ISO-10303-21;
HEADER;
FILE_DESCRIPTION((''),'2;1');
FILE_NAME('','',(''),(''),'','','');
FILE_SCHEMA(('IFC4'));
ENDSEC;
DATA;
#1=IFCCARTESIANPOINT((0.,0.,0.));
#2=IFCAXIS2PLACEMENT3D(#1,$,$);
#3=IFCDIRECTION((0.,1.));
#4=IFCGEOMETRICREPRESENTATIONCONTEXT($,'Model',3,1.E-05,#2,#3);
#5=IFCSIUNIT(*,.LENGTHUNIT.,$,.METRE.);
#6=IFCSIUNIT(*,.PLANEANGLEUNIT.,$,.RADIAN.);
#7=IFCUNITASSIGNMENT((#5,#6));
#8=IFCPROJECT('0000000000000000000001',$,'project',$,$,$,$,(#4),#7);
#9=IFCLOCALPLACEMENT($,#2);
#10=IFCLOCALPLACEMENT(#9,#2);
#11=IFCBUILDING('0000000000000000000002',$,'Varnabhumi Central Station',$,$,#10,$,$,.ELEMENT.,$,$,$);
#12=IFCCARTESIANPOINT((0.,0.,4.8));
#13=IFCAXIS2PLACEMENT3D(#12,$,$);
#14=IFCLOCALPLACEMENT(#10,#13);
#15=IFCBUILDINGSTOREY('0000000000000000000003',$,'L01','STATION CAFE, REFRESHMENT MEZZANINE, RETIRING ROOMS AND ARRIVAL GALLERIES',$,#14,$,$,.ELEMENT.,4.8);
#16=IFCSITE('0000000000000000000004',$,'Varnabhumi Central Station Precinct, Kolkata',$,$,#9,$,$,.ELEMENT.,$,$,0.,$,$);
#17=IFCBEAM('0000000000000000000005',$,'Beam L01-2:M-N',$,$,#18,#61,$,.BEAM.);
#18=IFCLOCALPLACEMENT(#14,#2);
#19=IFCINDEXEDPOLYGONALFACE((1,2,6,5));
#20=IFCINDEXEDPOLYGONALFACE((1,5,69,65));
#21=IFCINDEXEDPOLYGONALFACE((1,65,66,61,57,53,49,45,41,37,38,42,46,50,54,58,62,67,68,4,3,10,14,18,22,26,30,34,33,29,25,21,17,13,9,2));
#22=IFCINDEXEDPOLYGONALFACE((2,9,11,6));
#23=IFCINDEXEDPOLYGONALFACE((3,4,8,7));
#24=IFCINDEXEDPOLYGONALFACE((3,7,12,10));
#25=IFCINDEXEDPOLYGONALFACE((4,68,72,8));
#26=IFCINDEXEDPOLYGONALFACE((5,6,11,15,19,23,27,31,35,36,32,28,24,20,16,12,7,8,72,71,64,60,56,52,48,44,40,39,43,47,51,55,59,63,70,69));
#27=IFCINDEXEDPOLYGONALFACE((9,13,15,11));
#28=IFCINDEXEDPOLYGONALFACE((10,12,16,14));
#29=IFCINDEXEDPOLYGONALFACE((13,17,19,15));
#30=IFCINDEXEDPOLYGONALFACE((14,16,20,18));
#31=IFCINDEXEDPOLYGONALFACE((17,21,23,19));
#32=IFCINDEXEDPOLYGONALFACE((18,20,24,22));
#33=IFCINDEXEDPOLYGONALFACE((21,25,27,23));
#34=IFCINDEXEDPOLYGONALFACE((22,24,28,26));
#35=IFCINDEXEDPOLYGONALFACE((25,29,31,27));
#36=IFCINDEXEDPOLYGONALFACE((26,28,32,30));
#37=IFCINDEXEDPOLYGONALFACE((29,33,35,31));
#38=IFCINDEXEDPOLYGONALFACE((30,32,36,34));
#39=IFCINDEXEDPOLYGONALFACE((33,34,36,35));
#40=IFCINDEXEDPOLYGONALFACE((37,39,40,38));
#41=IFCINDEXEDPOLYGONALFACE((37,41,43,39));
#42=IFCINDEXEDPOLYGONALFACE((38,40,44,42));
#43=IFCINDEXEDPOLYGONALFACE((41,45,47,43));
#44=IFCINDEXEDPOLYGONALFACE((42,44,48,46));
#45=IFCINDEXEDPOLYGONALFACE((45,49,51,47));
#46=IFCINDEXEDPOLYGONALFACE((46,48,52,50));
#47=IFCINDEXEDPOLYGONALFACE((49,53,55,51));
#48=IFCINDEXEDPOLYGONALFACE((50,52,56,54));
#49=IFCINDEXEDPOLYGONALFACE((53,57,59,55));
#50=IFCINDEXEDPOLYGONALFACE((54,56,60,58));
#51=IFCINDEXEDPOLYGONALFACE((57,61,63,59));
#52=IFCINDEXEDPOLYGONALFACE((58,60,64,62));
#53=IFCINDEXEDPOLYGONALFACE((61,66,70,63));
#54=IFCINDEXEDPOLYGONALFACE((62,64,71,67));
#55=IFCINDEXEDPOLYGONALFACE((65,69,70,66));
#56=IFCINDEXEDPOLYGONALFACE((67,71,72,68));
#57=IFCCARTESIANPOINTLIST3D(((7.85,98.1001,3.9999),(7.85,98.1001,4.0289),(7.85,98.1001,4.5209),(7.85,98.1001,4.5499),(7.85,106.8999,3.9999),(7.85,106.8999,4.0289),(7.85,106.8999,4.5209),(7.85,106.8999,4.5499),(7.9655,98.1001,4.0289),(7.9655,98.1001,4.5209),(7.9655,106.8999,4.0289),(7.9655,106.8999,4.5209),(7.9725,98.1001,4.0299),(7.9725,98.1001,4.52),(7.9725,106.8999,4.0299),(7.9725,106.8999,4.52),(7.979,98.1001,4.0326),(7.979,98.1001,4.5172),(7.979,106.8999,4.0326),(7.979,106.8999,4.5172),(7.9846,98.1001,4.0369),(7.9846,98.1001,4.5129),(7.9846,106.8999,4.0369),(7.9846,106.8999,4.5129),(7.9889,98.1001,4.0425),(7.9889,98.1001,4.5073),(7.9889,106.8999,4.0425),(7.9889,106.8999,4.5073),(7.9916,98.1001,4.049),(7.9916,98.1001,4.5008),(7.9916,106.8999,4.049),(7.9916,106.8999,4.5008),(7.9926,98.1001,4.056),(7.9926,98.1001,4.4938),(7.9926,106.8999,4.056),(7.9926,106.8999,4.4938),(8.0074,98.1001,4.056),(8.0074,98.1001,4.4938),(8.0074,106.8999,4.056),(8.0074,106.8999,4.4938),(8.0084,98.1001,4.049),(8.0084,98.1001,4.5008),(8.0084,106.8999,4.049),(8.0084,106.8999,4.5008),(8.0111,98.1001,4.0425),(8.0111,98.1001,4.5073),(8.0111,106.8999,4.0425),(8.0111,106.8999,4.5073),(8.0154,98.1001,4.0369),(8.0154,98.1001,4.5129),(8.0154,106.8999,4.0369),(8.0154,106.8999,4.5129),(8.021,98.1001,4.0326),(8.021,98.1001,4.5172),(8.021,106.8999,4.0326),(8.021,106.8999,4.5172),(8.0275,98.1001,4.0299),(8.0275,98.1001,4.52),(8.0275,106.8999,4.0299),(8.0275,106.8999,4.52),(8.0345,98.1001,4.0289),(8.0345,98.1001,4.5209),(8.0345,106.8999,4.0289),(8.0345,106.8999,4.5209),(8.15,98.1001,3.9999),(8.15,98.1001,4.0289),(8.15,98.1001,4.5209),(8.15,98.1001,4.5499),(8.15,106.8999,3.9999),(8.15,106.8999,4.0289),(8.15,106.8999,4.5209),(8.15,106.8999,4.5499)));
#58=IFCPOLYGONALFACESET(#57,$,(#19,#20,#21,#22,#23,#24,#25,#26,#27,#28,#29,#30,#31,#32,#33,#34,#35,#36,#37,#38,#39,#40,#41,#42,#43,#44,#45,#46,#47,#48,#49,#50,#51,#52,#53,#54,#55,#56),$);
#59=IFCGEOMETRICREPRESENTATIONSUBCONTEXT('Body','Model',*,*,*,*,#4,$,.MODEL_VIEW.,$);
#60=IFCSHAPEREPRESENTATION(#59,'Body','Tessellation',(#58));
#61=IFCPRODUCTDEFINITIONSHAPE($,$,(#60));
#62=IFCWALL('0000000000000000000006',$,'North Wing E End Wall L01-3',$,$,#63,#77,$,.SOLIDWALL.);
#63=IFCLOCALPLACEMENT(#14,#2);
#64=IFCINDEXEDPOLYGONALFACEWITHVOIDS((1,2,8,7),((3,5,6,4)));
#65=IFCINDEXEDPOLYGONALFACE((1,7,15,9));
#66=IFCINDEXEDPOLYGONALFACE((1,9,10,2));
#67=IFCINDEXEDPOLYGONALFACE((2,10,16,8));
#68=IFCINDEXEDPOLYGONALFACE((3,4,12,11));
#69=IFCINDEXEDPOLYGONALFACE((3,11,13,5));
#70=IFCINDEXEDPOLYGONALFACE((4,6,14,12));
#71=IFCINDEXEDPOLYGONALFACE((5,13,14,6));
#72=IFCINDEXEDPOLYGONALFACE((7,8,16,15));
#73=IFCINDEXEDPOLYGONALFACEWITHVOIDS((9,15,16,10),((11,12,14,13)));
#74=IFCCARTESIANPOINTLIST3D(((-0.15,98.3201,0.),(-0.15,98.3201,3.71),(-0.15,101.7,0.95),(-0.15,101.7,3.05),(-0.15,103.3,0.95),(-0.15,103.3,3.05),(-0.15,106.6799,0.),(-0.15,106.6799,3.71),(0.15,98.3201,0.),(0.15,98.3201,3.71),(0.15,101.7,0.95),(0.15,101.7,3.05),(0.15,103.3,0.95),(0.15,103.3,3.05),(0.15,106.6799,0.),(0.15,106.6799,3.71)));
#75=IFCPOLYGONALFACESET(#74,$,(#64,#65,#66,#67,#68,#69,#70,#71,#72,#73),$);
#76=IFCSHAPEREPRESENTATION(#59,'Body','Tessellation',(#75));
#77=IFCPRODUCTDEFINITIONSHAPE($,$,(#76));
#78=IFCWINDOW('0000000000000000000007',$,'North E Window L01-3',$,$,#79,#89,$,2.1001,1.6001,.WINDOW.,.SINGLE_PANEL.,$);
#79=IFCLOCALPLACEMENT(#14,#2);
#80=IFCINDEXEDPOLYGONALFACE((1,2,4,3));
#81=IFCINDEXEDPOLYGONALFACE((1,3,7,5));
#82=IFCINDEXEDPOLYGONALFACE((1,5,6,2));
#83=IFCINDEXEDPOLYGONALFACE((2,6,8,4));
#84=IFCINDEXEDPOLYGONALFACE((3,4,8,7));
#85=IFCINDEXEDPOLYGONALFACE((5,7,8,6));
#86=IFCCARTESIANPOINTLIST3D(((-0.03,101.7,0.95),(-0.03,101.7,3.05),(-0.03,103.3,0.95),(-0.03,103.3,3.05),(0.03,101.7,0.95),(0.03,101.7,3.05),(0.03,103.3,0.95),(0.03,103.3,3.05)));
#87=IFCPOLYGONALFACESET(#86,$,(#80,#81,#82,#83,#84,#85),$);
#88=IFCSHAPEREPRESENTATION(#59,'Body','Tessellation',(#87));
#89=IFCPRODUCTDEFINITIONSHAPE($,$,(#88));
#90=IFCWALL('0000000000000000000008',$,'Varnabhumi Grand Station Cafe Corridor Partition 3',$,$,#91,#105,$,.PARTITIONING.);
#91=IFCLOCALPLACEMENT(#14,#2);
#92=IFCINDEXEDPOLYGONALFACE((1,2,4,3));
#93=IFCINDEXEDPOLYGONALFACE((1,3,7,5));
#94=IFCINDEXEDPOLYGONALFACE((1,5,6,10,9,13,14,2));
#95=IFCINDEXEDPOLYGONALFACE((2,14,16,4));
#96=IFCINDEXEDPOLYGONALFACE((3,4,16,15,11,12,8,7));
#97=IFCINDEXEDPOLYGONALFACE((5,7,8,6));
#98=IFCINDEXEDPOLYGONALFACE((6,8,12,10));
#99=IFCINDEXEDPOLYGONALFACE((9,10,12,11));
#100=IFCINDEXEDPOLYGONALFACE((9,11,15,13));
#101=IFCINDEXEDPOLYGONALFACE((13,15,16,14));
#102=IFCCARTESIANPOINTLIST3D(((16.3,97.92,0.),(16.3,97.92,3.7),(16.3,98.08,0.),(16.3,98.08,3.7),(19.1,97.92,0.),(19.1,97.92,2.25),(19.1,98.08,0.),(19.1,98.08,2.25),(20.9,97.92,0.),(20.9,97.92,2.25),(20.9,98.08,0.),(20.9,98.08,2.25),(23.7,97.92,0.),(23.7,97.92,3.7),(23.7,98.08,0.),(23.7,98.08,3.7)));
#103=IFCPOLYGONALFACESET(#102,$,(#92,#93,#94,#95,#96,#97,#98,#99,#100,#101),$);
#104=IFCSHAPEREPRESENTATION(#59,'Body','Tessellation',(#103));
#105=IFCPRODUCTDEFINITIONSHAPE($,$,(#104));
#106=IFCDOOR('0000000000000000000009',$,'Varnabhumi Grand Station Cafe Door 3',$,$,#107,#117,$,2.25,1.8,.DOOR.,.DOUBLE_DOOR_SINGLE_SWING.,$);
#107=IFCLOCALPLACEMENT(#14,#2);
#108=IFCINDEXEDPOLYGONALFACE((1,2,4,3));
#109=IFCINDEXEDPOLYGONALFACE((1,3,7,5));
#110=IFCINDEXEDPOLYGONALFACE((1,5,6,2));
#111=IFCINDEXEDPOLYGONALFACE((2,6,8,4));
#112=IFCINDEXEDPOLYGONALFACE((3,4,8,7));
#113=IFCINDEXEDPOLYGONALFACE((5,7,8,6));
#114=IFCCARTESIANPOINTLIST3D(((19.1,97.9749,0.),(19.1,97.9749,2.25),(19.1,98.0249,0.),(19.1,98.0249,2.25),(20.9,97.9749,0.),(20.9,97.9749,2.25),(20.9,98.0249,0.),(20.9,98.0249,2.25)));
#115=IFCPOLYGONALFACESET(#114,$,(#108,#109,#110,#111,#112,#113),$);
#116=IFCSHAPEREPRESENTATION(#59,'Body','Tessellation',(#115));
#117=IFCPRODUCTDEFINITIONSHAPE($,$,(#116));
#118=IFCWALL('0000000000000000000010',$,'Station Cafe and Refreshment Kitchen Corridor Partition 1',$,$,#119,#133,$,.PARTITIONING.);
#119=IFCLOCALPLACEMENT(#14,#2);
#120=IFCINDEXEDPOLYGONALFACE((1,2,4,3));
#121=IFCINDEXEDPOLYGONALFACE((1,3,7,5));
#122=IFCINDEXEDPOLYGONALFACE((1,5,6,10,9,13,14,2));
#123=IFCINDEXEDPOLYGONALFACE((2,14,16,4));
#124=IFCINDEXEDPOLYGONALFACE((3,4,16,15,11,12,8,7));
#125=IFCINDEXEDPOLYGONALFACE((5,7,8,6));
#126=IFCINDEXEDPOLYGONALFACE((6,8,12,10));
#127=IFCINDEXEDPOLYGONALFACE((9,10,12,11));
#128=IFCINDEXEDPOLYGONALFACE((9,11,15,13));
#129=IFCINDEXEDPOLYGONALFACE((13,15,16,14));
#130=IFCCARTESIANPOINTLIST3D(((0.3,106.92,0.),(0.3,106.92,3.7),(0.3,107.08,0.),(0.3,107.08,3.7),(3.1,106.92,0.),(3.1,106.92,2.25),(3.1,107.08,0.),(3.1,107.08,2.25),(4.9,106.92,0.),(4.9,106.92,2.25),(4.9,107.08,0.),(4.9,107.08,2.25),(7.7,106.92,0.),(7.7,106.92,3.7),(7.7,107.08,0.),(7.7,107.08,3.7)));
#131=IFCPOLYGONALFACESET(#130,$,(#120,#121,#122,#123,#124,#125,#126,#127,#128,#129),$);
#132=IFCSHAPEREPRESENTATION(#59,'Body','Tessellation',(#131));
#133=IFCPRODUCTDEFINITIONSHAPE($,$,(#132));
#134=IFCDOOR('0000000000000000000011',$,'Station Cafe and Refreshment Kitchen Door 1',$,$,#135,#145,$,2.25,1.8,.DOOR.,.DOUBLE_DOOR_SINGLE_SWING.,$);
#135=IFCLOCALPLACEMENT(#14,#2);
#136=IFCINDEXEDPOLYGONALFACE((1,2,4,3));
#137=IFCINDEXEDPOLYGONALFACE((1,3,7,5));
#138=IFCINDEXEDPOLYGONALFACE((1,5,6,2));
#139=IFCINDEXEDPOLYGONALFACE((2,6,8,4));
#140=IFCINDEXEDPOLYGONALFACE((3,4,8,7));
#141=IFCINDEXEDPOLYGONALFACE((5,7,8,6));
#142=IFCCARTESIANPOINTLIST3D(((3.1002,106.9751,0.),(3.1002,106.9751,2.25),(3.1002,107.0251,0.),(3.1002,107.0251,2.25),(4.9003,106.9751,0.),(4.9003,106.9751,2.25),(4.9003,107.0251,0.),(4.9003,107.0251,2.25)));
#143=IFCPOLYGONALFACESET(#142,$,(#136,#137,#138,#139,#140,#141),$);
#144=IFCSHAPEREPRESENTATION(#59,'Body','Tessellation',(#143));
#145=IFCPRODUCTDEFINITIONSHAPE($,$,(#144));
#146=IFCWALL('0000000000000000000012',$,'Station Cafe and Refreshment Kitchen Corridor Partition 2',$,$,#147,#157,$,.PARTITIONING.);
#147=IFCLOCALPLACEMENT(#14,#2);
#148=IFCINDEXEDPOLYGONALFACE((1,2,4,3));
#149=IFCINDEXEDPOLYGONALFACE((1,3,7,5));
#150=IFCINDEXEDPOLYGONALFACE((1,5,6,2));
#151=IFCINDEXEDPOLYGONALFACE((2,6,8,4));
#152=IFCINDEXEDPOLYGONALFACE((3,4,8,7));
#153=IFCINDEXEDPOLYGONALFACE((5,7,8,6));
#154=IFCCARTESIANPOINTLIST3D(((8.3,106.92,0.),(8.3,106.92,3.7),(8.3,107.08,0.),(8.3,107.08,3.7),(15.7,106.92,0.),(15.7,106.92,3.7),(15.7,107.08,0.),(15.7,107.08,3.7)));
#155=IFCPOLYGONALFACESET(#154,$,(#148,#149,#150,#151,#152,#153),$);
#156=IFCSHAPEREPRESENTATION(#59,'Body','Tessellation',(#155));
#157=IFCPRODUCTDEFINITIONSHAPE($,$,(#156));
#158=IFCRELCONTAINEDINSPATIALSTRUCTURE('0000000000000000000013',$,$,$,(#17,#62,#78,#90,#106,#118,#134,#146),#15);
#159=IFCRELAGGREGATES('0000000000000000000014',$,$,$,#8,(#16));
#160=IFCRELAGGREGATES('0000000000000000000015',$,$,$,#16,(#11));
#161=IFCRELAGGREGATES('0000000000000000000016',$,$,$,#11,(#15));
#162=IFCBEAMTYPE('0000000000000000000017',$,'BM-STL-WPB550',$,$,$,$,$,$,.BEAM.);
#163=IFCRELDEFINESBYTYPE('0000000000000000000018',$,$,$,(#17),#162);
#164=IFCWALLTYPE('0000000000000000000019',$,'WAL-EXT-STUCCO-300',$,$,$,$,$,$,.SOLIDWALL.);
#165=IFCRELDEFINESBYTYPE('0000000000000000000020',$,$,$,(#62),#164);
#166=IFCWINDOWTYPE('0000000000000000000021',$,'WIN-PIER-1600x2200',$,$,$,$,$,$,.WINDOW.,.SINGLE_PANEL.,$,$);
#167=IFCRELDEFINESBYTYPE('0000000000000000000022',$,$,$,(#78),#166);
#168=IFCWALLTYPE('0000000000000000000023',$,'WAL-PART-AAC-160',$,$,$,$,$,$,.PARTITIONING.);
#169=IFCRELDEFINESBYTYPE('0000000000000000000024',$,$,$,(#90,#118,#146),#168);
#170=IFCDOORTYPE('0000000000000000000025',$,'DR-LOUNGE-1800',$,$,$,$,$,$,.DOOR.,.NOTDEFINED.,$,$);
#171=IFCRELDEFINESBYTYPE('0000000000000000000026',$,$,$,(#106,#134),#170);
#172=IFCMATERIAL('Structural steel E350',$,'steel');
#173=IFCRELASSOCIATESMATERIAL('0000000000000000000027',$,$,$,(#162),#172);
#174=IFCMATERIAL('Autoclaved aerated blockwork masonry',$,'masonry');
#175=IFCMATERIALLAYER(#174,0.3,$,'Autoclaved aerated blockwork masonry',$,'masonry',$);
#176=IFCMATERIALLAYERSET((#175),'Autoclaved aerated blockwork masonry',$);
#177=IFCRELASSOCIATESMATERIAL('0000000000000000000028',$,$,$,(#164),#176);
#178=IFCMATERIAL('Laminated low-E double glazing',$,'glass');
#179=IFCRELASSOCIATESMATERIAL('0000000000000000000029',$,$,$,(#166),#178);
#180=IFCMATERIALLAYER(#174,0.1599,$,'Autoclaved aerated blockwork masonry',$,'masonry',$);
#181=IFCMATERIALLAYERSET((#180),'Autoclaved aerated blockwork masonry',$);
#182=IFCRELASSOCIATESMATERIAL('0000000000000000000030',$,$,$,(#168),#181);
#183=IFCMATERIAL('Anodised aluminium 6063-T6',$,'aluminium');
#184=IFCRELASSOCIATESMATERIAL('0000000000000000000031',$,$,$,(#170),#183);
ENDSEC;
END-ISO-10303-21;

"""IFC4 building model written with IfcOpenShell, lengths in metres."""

from ifc_helpers import new_model, si_unit, direction, frame, frame_2d, origin, origin_2d, place, context, subcontext, project, spatial, rectangle, i_section, extrude, material, layer, layer_set, material_profile, profile_set, type_object, element, fill, save


model = new_model("IFC4")

# Units and contexts
model_context = context("Model", 3, precision=1e-05, world=origin(), true_north=direction((0.0, 1.0)))
body_context = subcontext(model_context, "Body", "Model", "MODEL_VIEW")
ifc_project = project(units=[si_unit("LENGTHUNIT", "METRE"), si_unit("PLANEANGLEUNIT", "RADIAN")], contexts=[model_context])

# Site, building, storey
site_placement = place(None, origin())
site = spatial("IfcSite", under=ifc_project, at=site_placement, Name="Varnabhumi Central Station Precinct, Kolkata", CompositionType="ELEMENT", RefElevation=0.0)
building_placement = place(site_placement, origin())
building = spatial("IfcBuilding", under=site, at=building_placement, Name="Varnabhumi Central Station", CompositionType="ELEMENT")
storey_placement = place(building_placement, frame((0.0, 0.0, 4.8)))
storey = spatial("IfcBuildingStorey", under=building, at=storey_placement, Name="L01", Description="STATION CAFE, REFRESHMENT MEZZANINE, RETIRING ROOMS AND ARRIVAL GALLERIES", CompositionType="ELEMENT", Elevation=4.8)

# Beam
ifc_material_1 = material(Name="Structural steel E350", Category="steel")
ifc_material_profile_1 = material_profile(ifc_material_1, i_section(OverallWidth=0.3, OverallDepth=0.55, WebThickness=0.0149, FlangeThickness=0.0291, FilletRadius=0.0271, at=origin_2d()), Name="Structural steel E350", Category="steel")
ifc_profile_set_1 = profile_set([ifc_material_profile_1], Name="Structural steel E350")
beam_type_1 = type_object("IfcBeamType", Name="BM-STL-WPB550", PredefinedType="BEAM", material=ifc_profile_set_1)
beam_1_placement = place(storey_placement, frame((8.0, 98.1001, 4.2749), z_axis=(0.0, 1.0, 0.0), x_axis=(-1.0, 0.0, 0.0)))
element("IfcBeam", 1, at=beam_1_placement, inside=storey, type_object=beam_type_1, Name="Beam L01-2:M-N", PredefinedType="BEAM", context=body_context, shape_type="SweptSolid", body=[
    extrude(i_section(OverallWidth=0.3, OverallDepth=0.55, WebThickness=0.0149, FlangeThickness=0.0291, FilletRadius=0.0271, at=origin_2d()), origin(), (0.0, 0.0, 1.0), 8.7998),
])

# Wall, opening, window
ifc_material_2 = material(Name="Autoclaved aerated blockwork masonry", Category="masonry")
ifc_layer_1 = layer(ifc_material_2, 0.3, Name="Autoclaved aerated blockwork masonry", Category="masonry")
ifc_layer_set_1 = layer_set([ifc_layer_1], Name="Autoclaved aerated blockwork masonry")
wall_type_1 = type_object("IfcWallType", Name="WAL-EXT-STUCCO-300", PredefinedType="SOLIDWALL", material=ifc_layer_set_1)
wall_1_placement = place(storey_placement, frame((0.0, 98.3201, 0.0), z_axis=(0.0, 0.0, 1.0), x_axis=(0.0, 1.0, 0.0)))
wall_1 = element("IfcWall", 2, at=wall_1_placement, inside=storey, type_object=wall_type_1, Name="North Wing E End Wall L01-3", PredefinedType="SOLIDWALL", context=body_context, shape_type="SweptSolid", body=[
    extrude(rectangle(XDim=8.3599, YDim=0.3, at=frame_2d((4.1799, 0.0))), origin(), (0.0, 0.0, 1.0), 3.71),
])
opening_1_placement = place(wall_1_placement, frame((3.3799, 0.0, 0.95)))
opening_1 = element("IfcOpeningElement", 3, at=opening_1_placement, cuts=wall_1, PredefinedType="OPENING", context=body_context, shape_type="SweptSolid", body=[
    extrude(rectangle(XDim=1.6001, YDim=2.1001, at=frame_2d((0.8, 1.05))), frame((0.0, 0.1599, 0.0), z_axis=(0.0, -1.0, 0.0), x_axis=(1.0, 0.0, 0.0)), (0.0, 0.0, 1.0), 0.3201),
])
ifc_material_3 = material(Name="Laminated low-E double glazing", Category="glass")
window_type = type_object("IfcWindowType", Name="WIN-PIER-1600x2200", PartitioningType="SINGLE_PANEL", PredefinedType="WINDOW", material=ifc_material_3)
window_placement = place(opening_1_placement, origin())
window = element("IfcWindow", 4, at=window_placement, inside=storey, type_object=window_type, Name="North E Window L01-3", OverallHeight=2.1001, OverallWidth=1.6001, PartitioningType="SINGLE_PANEL", PredefinedType="WINDOW", context=body_context, shape_type="SweptSolid", body=[
    extrude(rectangle(XDim=1.6001, YDim=2.1001, at=frame_2d((0.8, 1.05))), frame((0.0, 0.03, 0.0), z_axis=(0.0, -1.0, 0.0), x_axis=(1.0, 0.0, 0.0)), (0.0, 0.0, 1.0), 0.0601),
])
fill(opening_1, window)

# Walls, openings, doors
ifc_layer_2 = layer(ifc_material_2, 0.1599, Name="Autoclaved aerated blockwork masonry", Category="masonry")
ifc_layer_set_2 = layer_set([ifc_layer_2], Name="Autoclaved aerated blockwork masonry")
wall_type_2 = type_object("IfcWallType", Name="WAL-PART-AAC-160", PredefinedType="PARTITIONING", material=ifc_layer_set_2)
wall_2_placement = place(storey_placement, frame((16.3, 98.0, 0.0), z_axis=(0.0, 0.0, 1.0), x_axis=(1.0, 0.0, 0.0)))
wall_2 = element("IfcWall", 5, at=wall_2_placement, inside=storey, type_object=wall_type_2, Name="Varnabhumi Grand Station Cafe Corridor Partition 3", PredefinedType="PARTITIONING", context=body_context, shape_type="SweptSolid", body=[
    extrude(rectangle(XDim=7.3999, YDim=0.1599, at=frame_2d((3.7, 0.0))), origin(), (0.0, 0.0, 1.0), 3.7),
])
opening_2_placement = place(wall_2_placement, frame((2.8, 0.0, 0.0)))
opening_2 = element("IfcOpeningElement", 6, at=opening_2_placement, cuts=wall_2, PredefinedType="OPENING", context=body_context, shape_type="SweptSolid", body=[
    extrude(rectangle(XDim=1.8, YDim=2.25, at=frame_2d((0.8999, 1.125))), frame((0.0, 0.0898, 0.0), z_axis=(0.0, -1.0, 0.0), x_axis=(1.0, 0.0, 0.0)), (0.0, 0.0, 1.0), 0.1799),
])
ifc_material_4 = material(Name="Anodised aluminium 6063-T6", Category="aluminium")
door_type = type_object("IfcDoorType", Name="DR-LOUNGE-1800", OperationType="NOTDEFINED", PredefinedType="DOOR", material=ifc_material_4)
door_1_placement = place(opening_2_placement, origin())
door_1 = element("IfcDoor", 7, at=door_1_placement, inside=storey, type_object=door_type, Name="Varnabhumi Grand Station Cafe Door 3", OperationType="DOUBLE_DOOR_SINGLE_SWING", OverallHeight=2.25, OverallWidth=1.8, PredefinedType="DOOR", context=body_context, shape_type="SweptSolid", body=[
    extrude(rectangle(XDim=1.8, YDim=2.25, at=frame_2d((0.8999, 1.125))), frame((0.0, 0.0249, 0.0), z_axis=(0.0, -1.0, 0.0), x_axis=(1.0, 0.0, 0.0)), (0.0, 0.0, 1.0), 0.05),
])
fill(opening_2, door_1)
wall_3_placement = place(storey_placement, frame((0.3, 107.0, 0.0), z_axis=(0.0, 0.0, 1.0), x_axis=(1.0, 0.0, 0.0)))
wall_3 = element("IfcWall", 8, at=wall_3_placement, inside=storey, type_object=wall_type_2, Name="Station Cafe and Refreshment Kitchen Corridor Partition 1", PredefinedType="PARTITIONING", context=body_context, shape_type="SweptSolid", body=[
    extrude(rectangle(XDim=7.3999, YDim=0.1599, at=frame_2d((3.7, 0.0))), origin(), (0.0, 0.0, 1.0), 3.7),
])
opening_3_placement = place(wall_3_placement, frame((2.8, 0.0, 0.0)))
opening_3 = element("IfcOpeningElement", 9, at=opening_3_placement, cuts=wall_3, PredefinedType="OPENING", context=body_context, shape_type="SweptSolid", body=[
    extrude(rectangle(XDim=1.8, YDim=2.25, at=frame_2d((0.8999, 1.125))), frame((0.0, 0.0898, 0.0), z_axis=(0.0, -1.0, 0.0), x_axis=(1.0, 0.0, 0.0)), (0.0, 0.0, 1.0), 0.1799),
])
door_2_placement = place(opening_3_placement, frame((1.8, 0.0, 0.0), z_axis=(0.0, 0.0, 1.0), x_axis=(-1.0, 0.0, 0.0)))
door_2 = element("IfcDoor", 10, at=door_2_placement, inside=storey, type_object=door_type, Name="Station Cafe and Refreshment Kitchen Door 1", OperationType="DOUBLE_DOOR_SINGLE_SWING", OverallHeight=2.25, OverallWidth=1.8, PredefinedType="DOOR", context=body_context, shape_type="SweptSolid", body=[
    extrude(rectangle(XDim=1.8, YDim=2.25, at=frame_2d((0.8999, 1.125))), frame((0.0, 0.0249, 0.0), z_axis=(0.0, -1.0, 0.0), x_axis=(1.0, 0.0, 0.0)), (0.0, 0.0, 1.0), 0.05),
])
fill(opening_3, door_2)

# Wall
wall_4_placement = place(storey_placement, frame((8.3, 107.0, 0.0), z_axis=(0.0, 0.0, 1.0), x_axis=(1.0, 0.0, 0.0)))
element("IfcWall", 11, at=wall_4_placement, inside=storey, type_object=wall_type_2, Name="Station Cafe and Refreshment Kitchen Corridor Partition 2", PredefinedType="PARTITIONING", context=body_context, shape_type="SweptSolid", body=[
    extrude(rectangle(XDim=7.3999, YDim=0.1599, at=frame_2d((3.7, 0.0))), origin(), (0.0, 0.0, 1.0), 3.7),
])

save(model, "model.ifc")
